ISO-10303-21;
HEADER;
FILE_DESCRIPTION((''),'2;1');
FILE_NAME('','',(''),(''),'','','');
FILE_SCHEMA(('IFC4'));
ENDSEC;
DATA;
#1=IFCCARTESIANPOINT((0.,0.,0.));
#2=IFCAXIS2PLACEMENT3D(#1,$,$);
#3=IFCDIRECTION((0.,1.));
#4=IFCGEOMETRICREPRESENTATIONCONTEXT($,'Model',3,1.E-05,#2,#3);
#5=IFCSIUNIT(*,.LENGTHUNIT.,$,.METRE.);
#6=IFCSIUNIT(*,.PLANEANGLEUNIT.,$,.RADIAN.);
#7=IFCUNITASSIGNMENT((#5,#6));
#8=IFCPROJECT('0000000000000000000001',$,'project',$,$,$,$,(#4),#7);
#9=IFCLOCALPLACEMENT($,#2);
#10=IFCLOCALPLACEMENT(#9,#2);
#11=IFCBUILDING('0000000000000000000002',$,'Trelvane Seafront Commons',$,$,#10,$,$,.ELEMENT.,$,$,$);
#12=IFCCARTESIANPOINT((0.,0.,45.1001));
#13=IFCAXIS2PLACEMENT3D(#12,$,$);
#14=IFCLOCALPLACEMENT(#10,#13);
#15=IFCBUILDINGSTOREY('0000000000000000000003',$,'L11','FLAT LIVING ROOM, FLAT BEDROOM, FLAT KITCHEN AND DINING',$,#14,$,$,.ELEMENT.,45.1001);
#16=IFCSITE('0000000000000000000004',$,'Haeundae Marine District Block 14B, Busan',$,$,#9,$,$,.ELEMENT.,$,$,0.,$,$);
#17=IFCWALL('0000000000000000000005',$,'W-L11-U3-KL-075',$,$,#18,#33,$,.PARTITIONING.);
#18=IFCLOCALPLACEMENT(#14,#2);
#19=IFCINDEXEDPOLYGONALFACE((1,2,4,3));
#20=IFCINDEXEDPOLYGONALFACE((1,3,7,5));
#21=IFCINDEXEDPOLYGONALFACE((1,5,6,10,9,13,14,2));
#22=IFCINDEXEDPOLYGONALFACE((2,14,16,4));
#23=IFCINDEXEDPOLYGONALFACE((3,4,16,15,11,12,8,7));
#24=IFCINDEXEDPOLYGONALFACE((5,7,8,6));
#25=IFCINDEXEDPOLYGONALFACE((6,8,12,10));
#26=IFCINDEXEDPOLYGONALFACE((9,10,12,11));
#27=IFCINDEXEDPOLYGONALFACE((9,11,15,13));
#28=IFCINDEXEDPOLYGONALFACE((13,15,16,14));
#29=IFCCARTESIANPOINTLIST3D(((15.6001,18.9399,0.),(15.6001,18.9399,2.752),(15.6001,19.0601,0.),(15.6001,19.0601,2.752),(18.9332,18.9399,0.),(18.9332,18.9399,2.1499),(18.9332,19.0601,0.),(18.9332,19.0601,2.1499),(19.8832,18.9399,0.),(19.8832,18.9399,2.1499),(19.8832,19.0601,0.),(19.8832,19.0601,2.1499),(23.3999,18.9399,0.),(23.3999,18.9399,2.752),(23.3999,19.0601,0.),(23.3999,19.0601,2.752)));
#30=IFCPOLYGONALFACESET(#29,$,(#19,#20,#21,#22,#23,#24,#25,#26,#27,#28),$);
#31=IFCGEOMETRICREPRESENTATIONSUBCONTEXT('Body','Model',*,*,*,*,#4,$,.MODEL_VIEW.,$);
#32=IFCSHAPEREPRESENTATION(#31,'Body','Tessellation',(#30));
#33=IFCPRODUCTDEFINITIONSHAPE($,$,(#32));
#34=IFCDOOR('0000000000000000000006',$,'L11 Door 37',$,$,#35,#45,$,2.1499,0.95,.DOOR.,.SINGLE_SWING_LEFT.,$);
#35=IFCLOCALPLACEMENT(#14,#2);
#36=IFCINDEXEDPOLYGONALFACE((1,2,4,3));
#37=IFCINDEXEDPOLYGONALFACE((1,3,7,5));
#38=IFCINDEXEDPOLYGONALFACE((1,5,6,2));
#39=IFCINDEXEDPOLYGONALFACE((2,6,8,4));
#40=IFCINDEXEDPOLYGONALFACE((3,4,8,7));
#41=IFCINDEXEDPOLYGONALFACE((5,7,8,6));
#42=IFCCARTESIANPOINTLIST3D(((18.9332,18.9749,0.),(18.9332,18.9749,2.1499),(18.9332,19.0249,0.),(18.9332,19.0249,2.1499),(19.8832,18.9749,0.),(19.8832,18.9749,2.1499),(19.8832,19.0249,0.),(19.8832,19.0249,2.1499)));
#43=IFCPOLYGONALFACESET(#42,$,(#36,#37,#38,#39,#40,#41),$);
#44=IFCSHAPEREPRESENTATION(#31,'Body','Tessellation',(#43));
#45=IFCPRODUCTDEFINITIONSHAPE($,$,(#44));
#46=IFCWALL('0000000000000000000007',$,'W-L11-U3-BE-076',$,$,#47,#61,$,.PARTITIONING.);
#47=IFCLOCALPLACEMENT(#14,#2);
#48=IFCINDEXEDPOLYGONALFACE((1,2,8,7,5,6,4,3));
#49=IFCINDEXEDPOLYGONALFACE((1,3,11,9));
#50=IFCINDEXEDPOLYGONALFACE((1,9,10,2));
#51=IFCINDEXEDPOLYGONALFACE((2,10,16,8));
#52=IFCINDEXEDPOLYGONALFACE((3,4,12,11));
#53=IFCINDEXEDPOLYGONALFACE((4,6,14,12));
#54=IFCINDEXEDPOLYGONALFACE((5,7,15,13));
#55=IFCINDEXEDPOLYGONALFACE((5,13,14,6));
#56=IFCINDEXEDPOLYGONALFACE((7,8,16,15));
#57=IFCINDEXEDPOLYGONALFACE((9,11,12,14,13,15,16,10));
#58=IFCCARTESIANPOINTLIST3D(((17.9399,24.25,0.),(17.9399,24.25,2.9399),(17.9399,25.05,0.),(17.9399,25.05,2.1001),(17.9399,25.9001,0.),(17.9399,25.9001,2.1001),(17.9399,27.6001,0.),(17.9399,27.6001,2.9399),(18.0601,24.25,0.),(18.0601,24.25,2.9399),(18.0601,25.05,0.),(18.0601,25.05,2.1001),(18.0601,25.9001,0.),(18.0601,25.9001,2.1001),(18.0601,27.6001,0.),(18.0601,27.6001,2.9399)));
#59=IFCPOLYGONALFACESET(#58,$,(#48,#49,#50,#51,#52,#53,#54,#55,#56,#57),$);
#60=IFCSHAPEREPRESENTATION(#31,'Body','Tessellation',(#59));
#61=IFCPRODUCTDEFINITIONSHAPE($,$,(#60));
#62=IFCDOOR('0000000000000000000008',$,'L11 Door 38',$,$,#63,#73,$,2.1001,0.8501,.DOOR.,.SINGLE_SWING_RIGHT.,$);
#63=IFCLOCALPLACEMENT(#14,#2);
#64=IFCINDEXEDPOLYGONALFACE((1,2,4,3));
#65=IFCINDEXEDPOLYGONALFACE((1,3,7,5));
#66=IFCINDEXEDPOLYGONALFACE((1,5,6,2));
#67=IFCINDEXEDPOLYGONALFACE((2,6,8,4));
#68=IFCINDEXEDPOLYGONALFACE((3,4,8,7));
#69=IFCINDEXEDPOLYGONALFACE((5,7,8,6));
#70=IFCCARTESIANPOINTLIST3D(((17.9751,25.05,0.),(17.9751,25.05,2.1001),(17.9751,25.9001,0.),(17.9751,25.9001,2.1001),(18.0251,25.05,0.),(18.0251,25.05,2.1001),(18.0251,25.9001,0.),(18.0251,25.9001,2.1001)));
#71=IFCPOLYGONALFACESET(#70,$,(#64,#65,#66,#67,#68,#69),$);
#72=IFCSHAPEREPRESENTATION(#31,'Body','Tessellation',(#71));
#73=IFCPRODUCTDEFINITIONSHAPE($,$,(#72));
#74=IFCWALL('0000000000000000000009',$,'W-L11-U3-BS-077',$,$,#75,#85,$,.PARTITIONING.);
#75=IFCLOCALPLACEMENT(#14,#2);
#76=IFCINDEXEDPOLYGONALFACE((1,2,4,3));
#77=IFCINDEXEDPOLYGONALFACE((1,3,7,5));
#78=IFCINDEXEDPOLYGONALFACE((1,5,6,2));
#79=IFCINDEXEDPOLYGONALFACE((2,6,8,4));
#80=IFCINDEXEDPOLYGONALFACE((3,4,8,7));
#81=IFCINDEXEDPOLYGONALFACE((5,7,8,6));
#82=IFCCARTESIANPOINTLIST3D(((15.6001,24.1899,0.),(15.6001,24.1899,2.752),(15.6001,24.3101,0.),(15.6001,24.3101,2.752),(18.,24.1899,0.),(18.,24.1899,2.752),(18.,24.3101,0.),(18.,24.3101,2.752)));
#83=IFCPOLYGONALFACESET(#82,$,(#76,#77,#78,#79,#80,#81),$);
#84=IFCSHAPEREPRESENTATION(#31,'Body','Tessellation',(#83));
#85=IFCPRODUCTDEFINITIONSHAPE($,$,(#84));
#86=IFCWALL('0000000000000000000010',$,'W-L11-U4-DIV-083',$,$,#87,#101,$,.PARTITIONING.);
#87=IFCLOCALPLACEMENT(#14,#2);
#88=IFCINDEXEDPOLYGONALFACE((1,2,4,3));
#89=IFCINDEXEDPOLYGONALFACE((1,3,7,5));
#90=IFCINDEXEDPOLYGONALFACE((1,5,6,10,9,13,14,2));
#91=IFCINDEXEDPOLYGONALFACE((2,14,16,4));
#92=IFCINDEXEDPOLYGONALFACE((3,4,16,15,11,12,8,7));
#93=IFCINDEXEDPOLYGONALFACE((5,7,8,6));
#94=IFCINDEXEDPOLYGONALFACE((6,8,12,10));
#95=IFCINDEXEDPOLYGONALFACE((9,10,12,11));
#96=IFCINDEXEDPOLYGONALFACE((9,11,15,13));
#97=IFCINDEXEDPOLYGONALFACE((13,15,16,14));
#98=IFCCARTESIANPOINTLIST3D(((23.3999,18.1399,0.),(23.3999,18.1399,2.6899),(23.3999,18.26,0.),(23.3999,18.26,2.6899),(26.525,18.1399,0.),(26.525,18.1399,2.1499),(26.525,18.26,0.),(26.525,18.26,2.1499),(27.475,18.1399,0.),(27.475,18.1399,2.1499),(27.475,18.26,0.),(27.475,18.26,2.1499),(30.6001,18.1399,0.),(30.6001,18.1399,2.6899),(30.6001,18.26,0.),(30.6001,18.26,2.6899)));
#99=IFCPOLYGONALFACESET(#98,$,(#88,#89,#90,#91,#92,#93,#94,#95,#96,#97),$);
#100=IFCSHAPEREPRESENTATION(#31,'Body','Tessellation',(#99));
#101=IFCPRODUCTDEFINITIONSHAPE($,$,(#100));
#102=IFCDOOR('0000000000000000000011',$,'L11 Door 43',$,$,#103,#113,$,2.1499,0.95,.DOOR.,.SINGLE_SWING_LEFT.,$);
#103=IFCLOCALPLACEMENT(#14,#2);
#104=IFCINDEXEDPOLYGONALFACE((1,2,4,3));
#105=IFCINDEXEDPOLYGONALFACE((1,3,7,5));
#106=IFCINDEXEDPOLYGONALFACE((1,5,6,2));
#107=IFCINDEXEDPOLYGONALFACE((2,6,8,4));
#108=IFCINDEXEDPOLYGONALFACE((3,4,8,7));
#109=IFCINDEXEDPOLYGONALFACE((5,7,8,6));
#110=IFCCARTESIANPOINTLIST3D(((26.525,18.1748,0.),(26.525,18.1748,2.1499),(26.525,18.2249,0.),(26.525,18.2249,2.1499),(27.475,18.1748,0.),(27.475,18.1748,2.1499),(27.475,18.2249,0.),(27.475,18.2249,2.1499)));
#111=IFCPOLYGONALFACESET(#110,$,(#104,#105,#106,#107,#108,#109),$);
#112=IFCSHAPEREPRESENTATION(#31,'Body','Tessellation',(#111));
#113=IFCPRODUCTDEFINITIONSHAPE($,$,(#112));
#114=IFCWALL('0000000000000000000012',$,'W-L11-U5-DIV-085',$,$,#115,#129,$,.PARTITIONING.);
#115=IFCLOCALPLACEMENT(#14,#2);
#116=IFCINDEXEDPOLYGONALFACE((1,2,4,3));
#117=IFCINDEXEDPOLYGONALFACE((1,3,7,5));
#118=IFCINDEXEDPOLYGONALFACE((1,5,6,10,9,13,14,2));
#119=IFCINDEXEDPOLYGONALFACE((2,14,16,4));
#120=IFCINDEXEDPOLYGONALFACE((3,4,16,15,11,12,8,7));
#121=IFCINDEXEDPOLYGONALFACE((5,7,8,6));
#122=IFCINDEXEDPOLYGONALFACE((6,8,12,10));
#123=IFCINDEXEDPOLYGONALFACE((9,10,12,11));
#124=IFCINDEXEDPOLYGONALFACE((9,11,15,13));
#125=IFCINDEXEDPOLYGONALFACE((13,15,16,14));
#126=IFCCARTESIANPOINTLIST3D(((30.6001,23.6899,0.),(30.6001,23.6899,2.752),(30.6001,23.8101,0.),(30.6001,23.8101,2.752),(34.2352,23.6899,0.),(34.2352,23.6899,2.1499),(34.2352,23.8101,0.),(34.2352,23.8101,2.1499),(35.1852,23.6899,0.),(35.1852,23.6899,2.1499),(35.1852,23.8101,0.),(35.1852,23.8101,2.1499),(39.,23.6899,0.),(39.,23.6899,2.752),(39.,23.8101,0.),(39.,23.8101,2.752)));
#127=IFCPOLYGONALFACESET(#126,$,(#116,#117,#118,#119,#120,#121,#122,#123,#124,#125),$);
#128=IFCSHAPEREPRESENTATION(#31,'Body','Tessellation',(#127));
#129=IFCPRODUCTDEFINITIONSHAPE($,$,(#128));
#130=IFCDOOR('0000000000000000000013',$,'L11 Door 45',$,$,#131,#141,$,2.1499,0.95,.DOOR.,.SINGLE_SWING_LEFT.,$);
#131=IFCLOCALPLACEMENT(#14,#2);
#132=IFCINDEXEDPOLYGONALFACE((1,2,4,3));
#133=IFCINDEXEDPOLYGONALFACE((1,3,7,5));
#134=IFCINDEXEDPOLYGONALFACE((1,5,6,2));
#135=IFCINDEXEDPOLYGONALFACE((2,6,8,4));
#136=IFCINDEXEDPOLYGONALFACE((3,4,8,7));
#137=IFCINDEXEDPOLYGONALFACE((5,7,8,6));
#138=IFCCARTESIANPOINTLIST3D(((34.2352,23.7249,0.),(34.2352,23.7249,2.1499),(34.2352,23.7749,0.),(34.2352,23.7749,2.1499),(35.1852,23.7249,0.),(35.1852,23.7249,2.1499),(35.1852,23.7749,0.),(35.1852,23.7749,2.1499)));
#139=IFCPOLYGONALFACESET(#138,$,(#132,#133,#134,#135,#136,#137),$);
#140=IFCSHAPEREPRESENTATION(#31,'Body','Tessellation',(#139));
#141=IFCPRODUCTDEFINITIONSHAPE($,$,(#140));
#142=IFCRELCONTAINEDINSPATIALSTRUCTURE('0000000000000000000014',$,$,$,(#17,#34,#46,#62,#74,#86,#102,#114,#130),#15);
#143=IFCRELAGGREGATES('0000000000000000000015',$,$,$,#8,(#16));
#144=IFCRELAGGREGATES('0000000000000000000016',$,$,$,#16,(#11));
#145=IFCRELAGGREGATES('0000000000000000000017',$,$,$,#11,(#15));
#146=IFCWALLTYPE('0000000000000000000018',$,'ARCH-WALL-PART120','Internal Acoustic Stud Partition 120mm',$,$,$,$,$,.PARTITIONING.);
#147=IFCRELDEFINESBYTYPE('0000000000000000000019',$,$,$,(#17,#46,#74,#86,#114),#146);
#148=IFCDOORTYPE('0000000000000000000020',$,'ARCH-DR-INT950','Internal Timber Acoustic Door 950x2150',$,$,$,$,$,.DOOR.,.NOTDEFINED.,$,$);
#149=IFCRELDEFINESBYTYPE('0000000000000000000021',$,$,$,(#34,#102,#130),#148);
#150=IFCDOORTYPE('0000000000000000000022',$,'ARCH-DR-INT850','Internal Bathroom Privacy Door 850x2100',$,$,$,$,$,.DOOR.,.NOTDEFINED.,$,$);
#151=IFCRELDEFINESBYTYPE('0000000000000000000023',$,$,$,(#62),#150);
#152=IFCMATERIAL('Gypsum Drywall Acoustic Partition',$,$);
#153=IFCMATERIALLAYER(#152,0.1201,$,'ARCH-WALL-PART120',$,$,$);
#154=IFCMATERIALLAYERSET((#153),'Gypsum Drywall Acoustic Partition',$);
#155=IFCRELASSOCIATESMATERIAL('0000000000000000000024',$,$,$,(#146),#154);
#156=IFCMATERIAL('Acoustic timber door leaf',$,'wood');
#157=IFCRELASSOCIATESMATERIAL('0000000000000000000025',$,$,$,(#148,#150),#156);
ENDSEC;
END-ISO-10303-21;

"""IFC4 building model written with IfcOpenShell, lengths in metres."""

from ifc_helpers import new_model, si_unit, direction, frame, frame_2d, origin, place, context, subcontext, project, spatial, rectangle, extrude, source, transform, mapped, material, layer, layer_set, type_object, element, fill, save


model = new_model("IFC4")

# Units and contexts
model_context = context("Model", 3, precision=1e-05, world=origin(), true_north=direction((0.0, 1.0)))
body_context = subcontext(model_context, "Body", "Model", "MODEL_VIEW")
ifc_project = project(units=[si_unit("LENGTHUNIT", "METRE"), si_unit("PLANEANGLEUNIT", "RADIAN")], contexts=[model_context])

# Site, building, storey
site_placement = place(None, origin())
site = spatial("IfcSite", under=ifc_project, at=site_placement, Name="Haeundae Marine District Block 14B, Busan", CompositionType="ELEMENT", RefElevation=0.0)
building_placement = place(site_placement, origin())
building = spatial("IfcBuilding", under=site, at=building_placement, Name="Trelvane Seafront Commons", CompositionType="ELEMENT")
storey_placement = place(building_placement, frame((0.0, 0.0, 45.1001)))
storey = spatial("IfcBuildingStorey", under=building, at=storey_placement, Name="L11", Description="FLAT LIVING ROOM, FLAT BEDROOM, FLAT KITCHEN AND DINING", CompositionType="ELEMENT", Elevation=45.1001)

# Shared definitions
ifc_material_1 = material(Name="Gypsum Drywall Acoustic Partition")
ifc_layer_1 = layer(ifc_material_1, 0.1201, Name="ARCH-WALL-PART120")
ifc_layer_set_1 = layer_set([ifc_layer_1], Name="Gypsum Drywall Acoustic Partition")
wall_type_1 = type_object("IfcWallType", Name="ARCH-WALL-PART120", Description="Internal Acoustic Stud Partition 120mm", PredefinedType="PARTITIONING", material=ifc_layer_set_1)
ifc_material_2 = material(Name="Acoustic timber door leaf", Category="wood")
door_type_1 = type_object("IfcDoorType", Name="ARCH-DR-INT950", Description="Internal Timber Acoustic Door 950x2150", OperationType="NOTDEFINED", PredefinedType="DOOR", material=ifc_material_2)
shared_shape_1 = source(origin(), body_context, "Body", "SweptSolid", [
    extrude(rectangle(XDim=0.95, YDim=2.1499, at=frame_2d((0.4751, 1.075))), frame((0.0, 0.0249, 0.0), z_axis=(0.0, -1.0, 0.0), x_axis=(1.0, 0.0, 0.0)), (0.0, 0.0, 1.0), 0.05),
])

# Walls, openings, doors
wall_1_placement = place(storey_placement, frame((15.6001, 19.0, 0.0), z_axis=(0.0, 0.0, 1.0), x_axis=(1.0, 0.0, 0.0)))
wall_1 = element("IfcWall", 1, at=wall_1_placement, inside=storey, type_object=wall_type_1, Name="W-L11-U3-KL-075", PredefinedType="PARTITIONING", context=body_context, shape_type="SweptSolid", body=[
    extrude(rectangle(XDim=7.7998, YDim=0.1201, at=frame_2d((3.8999, 0.0))), origin(), (0.0, 0.0, 1.0), 2.752),
])
opening_1_placement = place(wall_1_placement, frame((3.333, 0.0, 0.0)))
opening_1 = element("IfcOpeningElement", 2, at=opening_1_placement, cuts=wall_1, PredefinedType="OPENING", context=body_context, shape_type="SweptSolid", body=[
    extrude(rectangle(XDim=0.95, YDim=2.1499, at=frame_2d((0.4751, 1.075))), frame((0.0, 0.0701, 0.0), z_axis=(0.0, -1.0, 0.0), x_axis=(1.0, 0.0, 0.0)), (0.0, 0.0, 1.0), 0.1401),
])
door_1_placement = place(opening_1_placement, origin())
door_1 = element("IfcDoor", 3, at=door_1_placement, inside=storey, type_object=door_type_1, Name="L11 Door 37", OperationType="SINGLE_SWING_LEFT", OverallHeight=2.1499, OverallWidth=0.95, PredefinedType="DOOR", context=body_context, shape_type="MappedRepresentation", body=[
    mapped(shared_shape_1, transform((0.0, 0.0, 0.0), x_axis=(1.0, 0.0, 0.0), y_axis=(0.0, 1.0, 0.0), z_axis=(0.0, 0.0, 1.0), scale=1.0)),
])
fill(opening_1, door_1)
wall_2_placement = place(storey_placement, frame((18.0, 24.25, 0.0), z_axis=(0.0, 0.0, 1.0), x_axis=(0.0, 1.0, 0.0)))
wall_2 = element("IfcWall", 4, at=wall_2_placement, inside=storey, type_object=wall_type_1, Name="W-L11-U3-BE-076", PredefinedType="PARTITIONING", context=body_context, shape_type="SweptSolid", body=[
    extrude(rectangle(XDim=3.3501, YDim=0.1201, at=frame_2d((1.675, 0.0))), origin(), (0.0, 0.0, 1.0), 2.9399),
])
opening_2_placement = place(wall_2_placement, frame((0.8, 0.0, 0.0)))
opening_2 = element("IfcOpeningElement", 5, at=opening_2_placement, cuts=wall_2, PredefinedType="OPENING", context=body_context, shape_type="SweptSolid", body=[
    extrude(rectangle(XDim=0.8501, YDim=2.1001, at=frame_2d((0.425, 1.05))), frame((0.0, 0.0701, 0.0), z_axis=(0.0, -1.0, 0.0), x_axis=(1.0, 0.0, 0.0)), (0.0, 0.0, 1.0), 0.1401),
])
door_type_2 = type_object("IfcDoorType", Name="ARCH-DR-INT850", Description="Internal Bathroom Privacy Door 850x2100", OperationType="NOTDEFINED", PredefinedType="DOOR", material=ifc_material_2)
shared_shape_2 = source(origin(), body_context, "Body", "SweptSolid", [
    extrude(rectangle(XDim=0.8501, YDim=2.1001, at=frame_2d((0.425, 1.05))), frame((0.0, 0.0249, 0.0), z_axis=(0.0, -1.0, 0.0), x_axis=(1.0, 0.0, 0.0)), (0.0, 0.0, 1.0), 0.05),
])
door_2_placement = place(opening_2_placement, origin())
door_2 = element("IfcDoor", 6, at=door_2_placement, inside=storey, type_object=door_type_2, Name="L11 Door 38", OperationType="SINGLE_SWING_RIGHT", OverallHeight=2.1001, OverallWidth=0.8501, PredefinedType="DOOR", context=body_context, shape_type="MappedRepresentation", body=[
    mapped(shared_shape_2, transform((0.0, 0.0, 0.0), x_axis=(1.0, 0.0, 0.0), y_axis=(0.0, 1.0, 0.0), z_axis=(0.0, 0.0, 1.0), scale=1.0)),
])
fill(opening_2, door_2)

# Wall
wall_3_placement = place(storey_placement, frame((15.6001, 24.25, 0.0), z_axis=(0.0, 0.0, 1.0), x_axis=(1.0, 0.0, 0.0)))
element("IfcWall", 7, at=wall_3_placement, inside=storey, type_object=wall_type_1, Name="W-L11-U3-BS-077", PredefinedType="PARTITIONING", context=body_context, shape_type="SweptSolid", body=[
    extrude(rectangle(XDim=2.3999, YDim=0.1201, at=frame_2d((1.2, 0.0))), origin(), (0.0, 0.0, 1.0), 2.752),
])

# Walls, openings, doors
wall_4_placement = place(storey_placement, frame((23.3999, 18.2, 0.0), z_axis=(0.0, 0.0, 1.0), x_axis=(1.0, 0.0, 0.0)))
wall_4 = element("IfcWall", 8, at=wall_4_placement, inside=storey, type_object=wall_type_1, Name="W-L11-U4-DIV-083", PredefinedType="PARTITIONING", context=body_context, shape_type="SweptSolid", body=[
    extrude(rectangle(XDim=7.2002, YDim=0.1201, at=frame_2d((3.6001, 0.0))), origin(), (0.0, 0.0, 1.0), 2.6899),
])
opening_3_placement = place(wall_4_placement, frame((3.125, 0.0, 0.0)))
opening_3 = element("IfcOpeningElement", 9, at=opening_3_placement, cuts=wall_4, PredefinedType="OPENING", context=body_context, shape_type="SweptSolid", body=[
    extrude(rectangle(XDim=0.95, YDim=2.1499, at=frame_2d((0.4751, 1.075))), frame((0.0, 0.0701, 0.0), z_axis=(0.0, -1.0, 0.0), x_axis=(1.0, 0.0, 0.0)), (0.0, 0.0, 1.0), 0.1401),
])
door_3_placement = place(opening_3_placement, origin())
door_3 = element("IfcDoor", 10, at=door_3_placement, inside=storey, type_object=door_type_1, Name="L11 Door 43", OperationType="SINGLE_SWING_LEFT", OverallHeight=2.1499, OverallWidth=0.95, PredefinedType="DOOR", context=body_context, shape_type="MappedRepresentation", body=[
    mapped(shared_shape_1, transform((0.0, 0.0, 0.0), x_axis=(1.0, 0.0, 0.0), y_axis=(0.0, 1.0, 0.0), z_axis=(0.0, 0.0, 1.0), scale=1.0)),
])
fill(opening_3, door_3)
wall_5_placement = place(storey_placement, frame((30.6001, 23.75, 0.0), z_axis=(0.0, 0.0, 1.0), x_axis=(1.0, 0.0, 0.0)))
wall_5 = element("IfcWall", 11, at=wall_5_placement, inside=storey, type_object=wall_type_1, Name="W-L11-U5-DIV-085", PredefinedType="PARTITIONING", context=body_context, shape_type="SweptSolid", body=[
    extrude(rectangle(XDim=8.3999, YDim=0.1201, at=frame_2d((4.2, 0.0))), origin(), (0.0, 0.0, 1.0), 2.752),
])
opening_4_placement = place(wall_5_placement, frame((3.635, 0.0, 0.0)))
opening_4 = element("IfcOpeningElement", 12, at=opening_4_placement, cuts=wall_5, PredefinedType="OPENING", context=body_context, shape_type="SweptSolid", body=[
    extrude(rectangle(XDim=0.95, YDim=2.1499, at=frame_2d((0.4751, 1.075))), frame((0.0, 0.0701, 0.0), z_axis=(0.0, -1.0, 0.0), x_axis=(1.0, 0.0, 0.0)), (0.0, 0.0, 1.0), 0.1401),
])
door_4_placement = place(opening_4_placement, origin())
door_4 = element("IfcDoor", 13, at=door_4_placement, inside=storey, type_object=door_type_1, Name="L11 Door 45", OperationType="SINGLE_SWING_LEFT", OverallHeight=2.1499, OverallWidth=0.95, PredefinedType="DOOR", context=body_context, shape_type="MappedRepresentation", body=[
    mapped(shared_shape_1, transform((0.0, 0.0, 0.0), x_axis=(1.0, 0.0, 0.0), y_axis=(0.0, 1.0, 0.0), z_axis=(0.0, 0.0, 1.0), scale=1.0)),
])
fill(opening_4, door_4)

save(model, "model.ifc")
